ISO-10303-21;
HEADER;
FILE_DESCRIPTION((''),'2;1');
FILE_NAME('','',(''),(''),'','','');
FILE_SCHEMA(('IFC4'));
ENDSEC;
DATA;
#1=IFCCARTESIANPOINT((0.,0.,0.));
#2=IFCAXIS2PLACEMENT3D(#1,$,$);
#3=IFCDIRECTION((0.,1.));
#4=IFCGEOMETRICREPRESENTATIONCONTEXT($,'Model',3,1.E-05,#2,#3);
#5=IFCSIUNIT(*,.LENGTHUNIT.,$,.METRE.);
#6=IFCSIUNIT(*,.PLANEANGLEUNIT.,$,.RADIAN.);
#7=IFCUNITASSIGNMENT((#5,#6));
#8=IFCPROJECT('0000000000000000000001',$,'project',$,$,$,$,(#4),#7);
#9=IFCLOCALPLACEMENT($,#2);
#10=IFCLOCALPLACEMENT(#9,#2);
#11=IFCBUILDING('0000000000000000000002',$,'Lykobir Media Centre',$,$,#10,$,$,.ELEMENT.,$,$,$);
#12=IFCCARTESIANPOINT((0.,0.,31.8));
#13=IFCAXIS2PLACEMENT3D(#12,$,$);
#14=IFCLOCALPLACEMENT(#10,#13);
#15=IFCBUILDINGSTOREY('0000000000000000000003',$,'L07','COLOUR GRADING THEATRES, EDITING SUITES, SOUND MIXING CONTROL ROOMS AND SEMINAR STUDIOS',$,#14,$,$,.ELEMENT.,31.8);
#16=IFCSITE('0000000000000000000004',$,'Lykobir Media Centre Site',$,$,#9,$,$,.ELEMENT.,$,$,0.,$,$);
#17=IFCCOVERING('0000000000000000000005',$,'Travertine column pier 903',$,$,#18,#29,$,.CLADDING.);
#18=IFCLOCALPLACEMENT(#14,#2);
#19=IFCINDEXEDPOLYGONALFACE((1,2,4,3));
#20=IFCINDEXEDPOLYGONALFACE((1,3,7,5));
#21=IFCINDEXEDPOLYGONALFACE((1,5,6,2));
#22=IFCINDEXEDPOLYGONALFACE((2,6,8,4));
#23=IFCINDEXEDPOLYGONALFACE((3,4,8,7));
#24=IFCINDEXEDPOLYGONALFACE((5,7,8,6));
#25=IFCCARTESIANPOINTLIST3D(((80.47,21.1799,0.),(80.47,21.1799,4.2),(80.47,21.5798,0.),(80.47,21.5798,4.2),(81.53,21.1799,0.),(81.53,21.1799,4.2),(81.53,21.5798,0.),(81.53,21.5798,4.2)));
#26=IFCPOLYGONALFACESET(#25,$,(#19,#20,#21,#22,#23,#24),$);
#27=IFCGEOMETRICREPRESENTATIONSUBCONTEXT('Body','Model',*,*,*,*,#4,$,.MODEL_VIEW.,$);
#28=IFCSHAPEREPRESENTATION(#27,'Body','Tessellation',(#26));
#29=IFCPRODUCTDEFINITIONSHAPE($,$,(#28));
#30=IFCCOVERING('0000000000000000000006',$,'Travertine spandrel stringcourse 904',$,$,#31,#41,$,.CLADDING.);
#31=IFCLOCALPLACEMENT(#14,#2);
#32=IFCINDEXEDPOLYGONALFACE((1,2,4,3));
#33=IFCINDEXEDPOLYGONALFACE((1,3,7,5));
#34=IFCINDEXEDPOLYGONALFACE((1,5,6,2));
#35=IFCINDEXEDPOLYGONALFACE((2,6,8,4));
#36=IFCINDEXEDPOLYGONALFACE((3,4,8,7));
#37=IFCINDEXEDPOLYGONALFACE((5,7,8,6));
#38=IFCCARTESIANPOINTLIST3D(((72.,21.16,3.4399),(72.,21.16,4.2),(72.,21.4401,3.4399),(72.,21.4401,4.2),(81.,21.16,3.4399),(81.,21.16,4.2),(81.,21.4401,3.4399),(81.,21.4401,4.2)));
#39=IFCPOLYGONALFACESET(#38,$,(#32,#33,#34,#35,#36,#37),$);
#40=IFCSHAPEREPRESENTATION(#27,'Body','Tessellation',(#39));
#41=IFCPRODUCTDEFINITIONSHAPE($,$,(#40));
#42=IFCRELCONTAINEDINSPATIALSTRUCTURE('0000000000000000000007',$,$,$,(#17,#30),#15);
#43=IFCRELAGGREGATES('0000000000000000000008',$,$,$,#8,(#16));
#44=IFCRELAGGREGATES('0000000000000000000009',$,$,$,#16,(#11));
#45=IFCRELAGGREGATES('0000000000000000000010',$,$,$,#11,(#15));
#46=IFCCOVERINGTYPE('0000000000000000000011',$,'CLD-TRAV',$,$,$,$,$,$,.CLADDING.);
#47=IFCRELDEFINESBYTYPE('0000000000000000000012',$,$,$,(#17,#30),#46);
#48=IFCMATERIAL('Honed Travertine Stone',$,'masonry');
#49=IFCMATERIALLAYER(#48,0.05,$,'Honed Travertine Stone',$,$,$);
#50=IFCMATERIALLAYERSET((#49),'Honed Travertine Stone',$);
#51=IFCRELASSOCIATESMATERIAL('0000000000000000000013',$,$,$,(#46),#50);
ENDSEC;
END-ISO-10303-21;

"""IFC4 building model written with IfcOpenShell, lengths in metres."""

from ifc_helpers import new_model, si_unit, direction, frame, origin, origin_2d, place, context, subcontext, project, spatial, rectangle, extrude, material, layer, layer_set, type_object, element, save


model = new_model("IFC4")

# Units and contexts
model_context = context("Model", 3, precision=1e-05, world=origin(), true_north=direction((0.0, 1.0)))
body_context = subcontext(model_context, "Body", "Model", "MODEL_VIEW")
ifc_project = project(units=[si_unit("LENGTHUNIT", "METRE"), si_unit("PLANEANGLEUNIT", "RADIAN")], contexts=[model_context])

# Site, building, storey
site_placement = place(None, origin())
site = spatial("IfcSite", under=ifc_project, at=site_placement, Name="Lykobir Media Centre Site", CompositionType="ELEMENT", RefElevation=0.0)
building_placement = place(site_placement, origin())
building = spatial("IfcBuilding", under=site, at=building_placement, Name="Lykobir Media Centre", CompositionType="ELEMENT")
storey_placement = place(building_placement, frame((0.0, 0.0, 31.8)))
storey = spatial("IfcBuildingStorey", under=building, at=storey_placement, Name="L07", Description="COLOUR GRADING THEATRES, EDITING SUITES, SOUND MIXING CONTROL ROOMS AND SEMINAR STUDIOS", CompositionType="ELEMENT", Elevation=31.8)

# Coverings
ifc_material_1 = material(Name="Honed Travertine Stone", Category="masonry")
ifc_layer_1 = layer(ifc_material_1, 0.05, Name="Honed Travertine Stone")
ifc_layer_set_1 = layer_set([ifc_layer_1], Name="Honed Travertine Stone")
covering_type_1 = type_object("IfcCoveringType", Name="CLD-TRAV", PredefinedType="CLADDING", material=ifc_layer_set_1)
covering_1_placement = place(storey_placement, frame((81.0, 21.3799, 0.0), z_axis=(0.0, 0.0, 1.0), x_axis=(-1.0, 0.0, 0.0)))
element("IfcCovering", 1, at=covering_1_placement, inside=storey, type_object=covering_type_1, Name="Travertine column pier 903", PredefinedType="CLADDING", context=body_context, shape_type="SweptSolid", body=[
    extrude(rectangle(XDim=1.0601, YDim=0.3999, at=origin_2d()), origin(), (0.0, 0.0, 1.0), 4.2),
])
covering_2_placement = place(storey_placement, frame((76.5, 21.3, 3.4399), z_axis=(0.0, 0.0, 1.0), x_axis=(-1.0, 0.0, 0.0)))
element("IfcCovering", 2, at=covering_2_placement, inside=storey, type_object=covering_type_1, Name="Travertine spandrel stringcourse 904", PredefinedType="CLADDING", context=body_context, shape_type="SweptSolid", body=[
    extrude(rectangle(XDim=9.0, YDim=0.28, at=origin_2d()), origin(), (0.0, 0.0, 1.0), 0.76),
])

save(model, "model.ifc")
